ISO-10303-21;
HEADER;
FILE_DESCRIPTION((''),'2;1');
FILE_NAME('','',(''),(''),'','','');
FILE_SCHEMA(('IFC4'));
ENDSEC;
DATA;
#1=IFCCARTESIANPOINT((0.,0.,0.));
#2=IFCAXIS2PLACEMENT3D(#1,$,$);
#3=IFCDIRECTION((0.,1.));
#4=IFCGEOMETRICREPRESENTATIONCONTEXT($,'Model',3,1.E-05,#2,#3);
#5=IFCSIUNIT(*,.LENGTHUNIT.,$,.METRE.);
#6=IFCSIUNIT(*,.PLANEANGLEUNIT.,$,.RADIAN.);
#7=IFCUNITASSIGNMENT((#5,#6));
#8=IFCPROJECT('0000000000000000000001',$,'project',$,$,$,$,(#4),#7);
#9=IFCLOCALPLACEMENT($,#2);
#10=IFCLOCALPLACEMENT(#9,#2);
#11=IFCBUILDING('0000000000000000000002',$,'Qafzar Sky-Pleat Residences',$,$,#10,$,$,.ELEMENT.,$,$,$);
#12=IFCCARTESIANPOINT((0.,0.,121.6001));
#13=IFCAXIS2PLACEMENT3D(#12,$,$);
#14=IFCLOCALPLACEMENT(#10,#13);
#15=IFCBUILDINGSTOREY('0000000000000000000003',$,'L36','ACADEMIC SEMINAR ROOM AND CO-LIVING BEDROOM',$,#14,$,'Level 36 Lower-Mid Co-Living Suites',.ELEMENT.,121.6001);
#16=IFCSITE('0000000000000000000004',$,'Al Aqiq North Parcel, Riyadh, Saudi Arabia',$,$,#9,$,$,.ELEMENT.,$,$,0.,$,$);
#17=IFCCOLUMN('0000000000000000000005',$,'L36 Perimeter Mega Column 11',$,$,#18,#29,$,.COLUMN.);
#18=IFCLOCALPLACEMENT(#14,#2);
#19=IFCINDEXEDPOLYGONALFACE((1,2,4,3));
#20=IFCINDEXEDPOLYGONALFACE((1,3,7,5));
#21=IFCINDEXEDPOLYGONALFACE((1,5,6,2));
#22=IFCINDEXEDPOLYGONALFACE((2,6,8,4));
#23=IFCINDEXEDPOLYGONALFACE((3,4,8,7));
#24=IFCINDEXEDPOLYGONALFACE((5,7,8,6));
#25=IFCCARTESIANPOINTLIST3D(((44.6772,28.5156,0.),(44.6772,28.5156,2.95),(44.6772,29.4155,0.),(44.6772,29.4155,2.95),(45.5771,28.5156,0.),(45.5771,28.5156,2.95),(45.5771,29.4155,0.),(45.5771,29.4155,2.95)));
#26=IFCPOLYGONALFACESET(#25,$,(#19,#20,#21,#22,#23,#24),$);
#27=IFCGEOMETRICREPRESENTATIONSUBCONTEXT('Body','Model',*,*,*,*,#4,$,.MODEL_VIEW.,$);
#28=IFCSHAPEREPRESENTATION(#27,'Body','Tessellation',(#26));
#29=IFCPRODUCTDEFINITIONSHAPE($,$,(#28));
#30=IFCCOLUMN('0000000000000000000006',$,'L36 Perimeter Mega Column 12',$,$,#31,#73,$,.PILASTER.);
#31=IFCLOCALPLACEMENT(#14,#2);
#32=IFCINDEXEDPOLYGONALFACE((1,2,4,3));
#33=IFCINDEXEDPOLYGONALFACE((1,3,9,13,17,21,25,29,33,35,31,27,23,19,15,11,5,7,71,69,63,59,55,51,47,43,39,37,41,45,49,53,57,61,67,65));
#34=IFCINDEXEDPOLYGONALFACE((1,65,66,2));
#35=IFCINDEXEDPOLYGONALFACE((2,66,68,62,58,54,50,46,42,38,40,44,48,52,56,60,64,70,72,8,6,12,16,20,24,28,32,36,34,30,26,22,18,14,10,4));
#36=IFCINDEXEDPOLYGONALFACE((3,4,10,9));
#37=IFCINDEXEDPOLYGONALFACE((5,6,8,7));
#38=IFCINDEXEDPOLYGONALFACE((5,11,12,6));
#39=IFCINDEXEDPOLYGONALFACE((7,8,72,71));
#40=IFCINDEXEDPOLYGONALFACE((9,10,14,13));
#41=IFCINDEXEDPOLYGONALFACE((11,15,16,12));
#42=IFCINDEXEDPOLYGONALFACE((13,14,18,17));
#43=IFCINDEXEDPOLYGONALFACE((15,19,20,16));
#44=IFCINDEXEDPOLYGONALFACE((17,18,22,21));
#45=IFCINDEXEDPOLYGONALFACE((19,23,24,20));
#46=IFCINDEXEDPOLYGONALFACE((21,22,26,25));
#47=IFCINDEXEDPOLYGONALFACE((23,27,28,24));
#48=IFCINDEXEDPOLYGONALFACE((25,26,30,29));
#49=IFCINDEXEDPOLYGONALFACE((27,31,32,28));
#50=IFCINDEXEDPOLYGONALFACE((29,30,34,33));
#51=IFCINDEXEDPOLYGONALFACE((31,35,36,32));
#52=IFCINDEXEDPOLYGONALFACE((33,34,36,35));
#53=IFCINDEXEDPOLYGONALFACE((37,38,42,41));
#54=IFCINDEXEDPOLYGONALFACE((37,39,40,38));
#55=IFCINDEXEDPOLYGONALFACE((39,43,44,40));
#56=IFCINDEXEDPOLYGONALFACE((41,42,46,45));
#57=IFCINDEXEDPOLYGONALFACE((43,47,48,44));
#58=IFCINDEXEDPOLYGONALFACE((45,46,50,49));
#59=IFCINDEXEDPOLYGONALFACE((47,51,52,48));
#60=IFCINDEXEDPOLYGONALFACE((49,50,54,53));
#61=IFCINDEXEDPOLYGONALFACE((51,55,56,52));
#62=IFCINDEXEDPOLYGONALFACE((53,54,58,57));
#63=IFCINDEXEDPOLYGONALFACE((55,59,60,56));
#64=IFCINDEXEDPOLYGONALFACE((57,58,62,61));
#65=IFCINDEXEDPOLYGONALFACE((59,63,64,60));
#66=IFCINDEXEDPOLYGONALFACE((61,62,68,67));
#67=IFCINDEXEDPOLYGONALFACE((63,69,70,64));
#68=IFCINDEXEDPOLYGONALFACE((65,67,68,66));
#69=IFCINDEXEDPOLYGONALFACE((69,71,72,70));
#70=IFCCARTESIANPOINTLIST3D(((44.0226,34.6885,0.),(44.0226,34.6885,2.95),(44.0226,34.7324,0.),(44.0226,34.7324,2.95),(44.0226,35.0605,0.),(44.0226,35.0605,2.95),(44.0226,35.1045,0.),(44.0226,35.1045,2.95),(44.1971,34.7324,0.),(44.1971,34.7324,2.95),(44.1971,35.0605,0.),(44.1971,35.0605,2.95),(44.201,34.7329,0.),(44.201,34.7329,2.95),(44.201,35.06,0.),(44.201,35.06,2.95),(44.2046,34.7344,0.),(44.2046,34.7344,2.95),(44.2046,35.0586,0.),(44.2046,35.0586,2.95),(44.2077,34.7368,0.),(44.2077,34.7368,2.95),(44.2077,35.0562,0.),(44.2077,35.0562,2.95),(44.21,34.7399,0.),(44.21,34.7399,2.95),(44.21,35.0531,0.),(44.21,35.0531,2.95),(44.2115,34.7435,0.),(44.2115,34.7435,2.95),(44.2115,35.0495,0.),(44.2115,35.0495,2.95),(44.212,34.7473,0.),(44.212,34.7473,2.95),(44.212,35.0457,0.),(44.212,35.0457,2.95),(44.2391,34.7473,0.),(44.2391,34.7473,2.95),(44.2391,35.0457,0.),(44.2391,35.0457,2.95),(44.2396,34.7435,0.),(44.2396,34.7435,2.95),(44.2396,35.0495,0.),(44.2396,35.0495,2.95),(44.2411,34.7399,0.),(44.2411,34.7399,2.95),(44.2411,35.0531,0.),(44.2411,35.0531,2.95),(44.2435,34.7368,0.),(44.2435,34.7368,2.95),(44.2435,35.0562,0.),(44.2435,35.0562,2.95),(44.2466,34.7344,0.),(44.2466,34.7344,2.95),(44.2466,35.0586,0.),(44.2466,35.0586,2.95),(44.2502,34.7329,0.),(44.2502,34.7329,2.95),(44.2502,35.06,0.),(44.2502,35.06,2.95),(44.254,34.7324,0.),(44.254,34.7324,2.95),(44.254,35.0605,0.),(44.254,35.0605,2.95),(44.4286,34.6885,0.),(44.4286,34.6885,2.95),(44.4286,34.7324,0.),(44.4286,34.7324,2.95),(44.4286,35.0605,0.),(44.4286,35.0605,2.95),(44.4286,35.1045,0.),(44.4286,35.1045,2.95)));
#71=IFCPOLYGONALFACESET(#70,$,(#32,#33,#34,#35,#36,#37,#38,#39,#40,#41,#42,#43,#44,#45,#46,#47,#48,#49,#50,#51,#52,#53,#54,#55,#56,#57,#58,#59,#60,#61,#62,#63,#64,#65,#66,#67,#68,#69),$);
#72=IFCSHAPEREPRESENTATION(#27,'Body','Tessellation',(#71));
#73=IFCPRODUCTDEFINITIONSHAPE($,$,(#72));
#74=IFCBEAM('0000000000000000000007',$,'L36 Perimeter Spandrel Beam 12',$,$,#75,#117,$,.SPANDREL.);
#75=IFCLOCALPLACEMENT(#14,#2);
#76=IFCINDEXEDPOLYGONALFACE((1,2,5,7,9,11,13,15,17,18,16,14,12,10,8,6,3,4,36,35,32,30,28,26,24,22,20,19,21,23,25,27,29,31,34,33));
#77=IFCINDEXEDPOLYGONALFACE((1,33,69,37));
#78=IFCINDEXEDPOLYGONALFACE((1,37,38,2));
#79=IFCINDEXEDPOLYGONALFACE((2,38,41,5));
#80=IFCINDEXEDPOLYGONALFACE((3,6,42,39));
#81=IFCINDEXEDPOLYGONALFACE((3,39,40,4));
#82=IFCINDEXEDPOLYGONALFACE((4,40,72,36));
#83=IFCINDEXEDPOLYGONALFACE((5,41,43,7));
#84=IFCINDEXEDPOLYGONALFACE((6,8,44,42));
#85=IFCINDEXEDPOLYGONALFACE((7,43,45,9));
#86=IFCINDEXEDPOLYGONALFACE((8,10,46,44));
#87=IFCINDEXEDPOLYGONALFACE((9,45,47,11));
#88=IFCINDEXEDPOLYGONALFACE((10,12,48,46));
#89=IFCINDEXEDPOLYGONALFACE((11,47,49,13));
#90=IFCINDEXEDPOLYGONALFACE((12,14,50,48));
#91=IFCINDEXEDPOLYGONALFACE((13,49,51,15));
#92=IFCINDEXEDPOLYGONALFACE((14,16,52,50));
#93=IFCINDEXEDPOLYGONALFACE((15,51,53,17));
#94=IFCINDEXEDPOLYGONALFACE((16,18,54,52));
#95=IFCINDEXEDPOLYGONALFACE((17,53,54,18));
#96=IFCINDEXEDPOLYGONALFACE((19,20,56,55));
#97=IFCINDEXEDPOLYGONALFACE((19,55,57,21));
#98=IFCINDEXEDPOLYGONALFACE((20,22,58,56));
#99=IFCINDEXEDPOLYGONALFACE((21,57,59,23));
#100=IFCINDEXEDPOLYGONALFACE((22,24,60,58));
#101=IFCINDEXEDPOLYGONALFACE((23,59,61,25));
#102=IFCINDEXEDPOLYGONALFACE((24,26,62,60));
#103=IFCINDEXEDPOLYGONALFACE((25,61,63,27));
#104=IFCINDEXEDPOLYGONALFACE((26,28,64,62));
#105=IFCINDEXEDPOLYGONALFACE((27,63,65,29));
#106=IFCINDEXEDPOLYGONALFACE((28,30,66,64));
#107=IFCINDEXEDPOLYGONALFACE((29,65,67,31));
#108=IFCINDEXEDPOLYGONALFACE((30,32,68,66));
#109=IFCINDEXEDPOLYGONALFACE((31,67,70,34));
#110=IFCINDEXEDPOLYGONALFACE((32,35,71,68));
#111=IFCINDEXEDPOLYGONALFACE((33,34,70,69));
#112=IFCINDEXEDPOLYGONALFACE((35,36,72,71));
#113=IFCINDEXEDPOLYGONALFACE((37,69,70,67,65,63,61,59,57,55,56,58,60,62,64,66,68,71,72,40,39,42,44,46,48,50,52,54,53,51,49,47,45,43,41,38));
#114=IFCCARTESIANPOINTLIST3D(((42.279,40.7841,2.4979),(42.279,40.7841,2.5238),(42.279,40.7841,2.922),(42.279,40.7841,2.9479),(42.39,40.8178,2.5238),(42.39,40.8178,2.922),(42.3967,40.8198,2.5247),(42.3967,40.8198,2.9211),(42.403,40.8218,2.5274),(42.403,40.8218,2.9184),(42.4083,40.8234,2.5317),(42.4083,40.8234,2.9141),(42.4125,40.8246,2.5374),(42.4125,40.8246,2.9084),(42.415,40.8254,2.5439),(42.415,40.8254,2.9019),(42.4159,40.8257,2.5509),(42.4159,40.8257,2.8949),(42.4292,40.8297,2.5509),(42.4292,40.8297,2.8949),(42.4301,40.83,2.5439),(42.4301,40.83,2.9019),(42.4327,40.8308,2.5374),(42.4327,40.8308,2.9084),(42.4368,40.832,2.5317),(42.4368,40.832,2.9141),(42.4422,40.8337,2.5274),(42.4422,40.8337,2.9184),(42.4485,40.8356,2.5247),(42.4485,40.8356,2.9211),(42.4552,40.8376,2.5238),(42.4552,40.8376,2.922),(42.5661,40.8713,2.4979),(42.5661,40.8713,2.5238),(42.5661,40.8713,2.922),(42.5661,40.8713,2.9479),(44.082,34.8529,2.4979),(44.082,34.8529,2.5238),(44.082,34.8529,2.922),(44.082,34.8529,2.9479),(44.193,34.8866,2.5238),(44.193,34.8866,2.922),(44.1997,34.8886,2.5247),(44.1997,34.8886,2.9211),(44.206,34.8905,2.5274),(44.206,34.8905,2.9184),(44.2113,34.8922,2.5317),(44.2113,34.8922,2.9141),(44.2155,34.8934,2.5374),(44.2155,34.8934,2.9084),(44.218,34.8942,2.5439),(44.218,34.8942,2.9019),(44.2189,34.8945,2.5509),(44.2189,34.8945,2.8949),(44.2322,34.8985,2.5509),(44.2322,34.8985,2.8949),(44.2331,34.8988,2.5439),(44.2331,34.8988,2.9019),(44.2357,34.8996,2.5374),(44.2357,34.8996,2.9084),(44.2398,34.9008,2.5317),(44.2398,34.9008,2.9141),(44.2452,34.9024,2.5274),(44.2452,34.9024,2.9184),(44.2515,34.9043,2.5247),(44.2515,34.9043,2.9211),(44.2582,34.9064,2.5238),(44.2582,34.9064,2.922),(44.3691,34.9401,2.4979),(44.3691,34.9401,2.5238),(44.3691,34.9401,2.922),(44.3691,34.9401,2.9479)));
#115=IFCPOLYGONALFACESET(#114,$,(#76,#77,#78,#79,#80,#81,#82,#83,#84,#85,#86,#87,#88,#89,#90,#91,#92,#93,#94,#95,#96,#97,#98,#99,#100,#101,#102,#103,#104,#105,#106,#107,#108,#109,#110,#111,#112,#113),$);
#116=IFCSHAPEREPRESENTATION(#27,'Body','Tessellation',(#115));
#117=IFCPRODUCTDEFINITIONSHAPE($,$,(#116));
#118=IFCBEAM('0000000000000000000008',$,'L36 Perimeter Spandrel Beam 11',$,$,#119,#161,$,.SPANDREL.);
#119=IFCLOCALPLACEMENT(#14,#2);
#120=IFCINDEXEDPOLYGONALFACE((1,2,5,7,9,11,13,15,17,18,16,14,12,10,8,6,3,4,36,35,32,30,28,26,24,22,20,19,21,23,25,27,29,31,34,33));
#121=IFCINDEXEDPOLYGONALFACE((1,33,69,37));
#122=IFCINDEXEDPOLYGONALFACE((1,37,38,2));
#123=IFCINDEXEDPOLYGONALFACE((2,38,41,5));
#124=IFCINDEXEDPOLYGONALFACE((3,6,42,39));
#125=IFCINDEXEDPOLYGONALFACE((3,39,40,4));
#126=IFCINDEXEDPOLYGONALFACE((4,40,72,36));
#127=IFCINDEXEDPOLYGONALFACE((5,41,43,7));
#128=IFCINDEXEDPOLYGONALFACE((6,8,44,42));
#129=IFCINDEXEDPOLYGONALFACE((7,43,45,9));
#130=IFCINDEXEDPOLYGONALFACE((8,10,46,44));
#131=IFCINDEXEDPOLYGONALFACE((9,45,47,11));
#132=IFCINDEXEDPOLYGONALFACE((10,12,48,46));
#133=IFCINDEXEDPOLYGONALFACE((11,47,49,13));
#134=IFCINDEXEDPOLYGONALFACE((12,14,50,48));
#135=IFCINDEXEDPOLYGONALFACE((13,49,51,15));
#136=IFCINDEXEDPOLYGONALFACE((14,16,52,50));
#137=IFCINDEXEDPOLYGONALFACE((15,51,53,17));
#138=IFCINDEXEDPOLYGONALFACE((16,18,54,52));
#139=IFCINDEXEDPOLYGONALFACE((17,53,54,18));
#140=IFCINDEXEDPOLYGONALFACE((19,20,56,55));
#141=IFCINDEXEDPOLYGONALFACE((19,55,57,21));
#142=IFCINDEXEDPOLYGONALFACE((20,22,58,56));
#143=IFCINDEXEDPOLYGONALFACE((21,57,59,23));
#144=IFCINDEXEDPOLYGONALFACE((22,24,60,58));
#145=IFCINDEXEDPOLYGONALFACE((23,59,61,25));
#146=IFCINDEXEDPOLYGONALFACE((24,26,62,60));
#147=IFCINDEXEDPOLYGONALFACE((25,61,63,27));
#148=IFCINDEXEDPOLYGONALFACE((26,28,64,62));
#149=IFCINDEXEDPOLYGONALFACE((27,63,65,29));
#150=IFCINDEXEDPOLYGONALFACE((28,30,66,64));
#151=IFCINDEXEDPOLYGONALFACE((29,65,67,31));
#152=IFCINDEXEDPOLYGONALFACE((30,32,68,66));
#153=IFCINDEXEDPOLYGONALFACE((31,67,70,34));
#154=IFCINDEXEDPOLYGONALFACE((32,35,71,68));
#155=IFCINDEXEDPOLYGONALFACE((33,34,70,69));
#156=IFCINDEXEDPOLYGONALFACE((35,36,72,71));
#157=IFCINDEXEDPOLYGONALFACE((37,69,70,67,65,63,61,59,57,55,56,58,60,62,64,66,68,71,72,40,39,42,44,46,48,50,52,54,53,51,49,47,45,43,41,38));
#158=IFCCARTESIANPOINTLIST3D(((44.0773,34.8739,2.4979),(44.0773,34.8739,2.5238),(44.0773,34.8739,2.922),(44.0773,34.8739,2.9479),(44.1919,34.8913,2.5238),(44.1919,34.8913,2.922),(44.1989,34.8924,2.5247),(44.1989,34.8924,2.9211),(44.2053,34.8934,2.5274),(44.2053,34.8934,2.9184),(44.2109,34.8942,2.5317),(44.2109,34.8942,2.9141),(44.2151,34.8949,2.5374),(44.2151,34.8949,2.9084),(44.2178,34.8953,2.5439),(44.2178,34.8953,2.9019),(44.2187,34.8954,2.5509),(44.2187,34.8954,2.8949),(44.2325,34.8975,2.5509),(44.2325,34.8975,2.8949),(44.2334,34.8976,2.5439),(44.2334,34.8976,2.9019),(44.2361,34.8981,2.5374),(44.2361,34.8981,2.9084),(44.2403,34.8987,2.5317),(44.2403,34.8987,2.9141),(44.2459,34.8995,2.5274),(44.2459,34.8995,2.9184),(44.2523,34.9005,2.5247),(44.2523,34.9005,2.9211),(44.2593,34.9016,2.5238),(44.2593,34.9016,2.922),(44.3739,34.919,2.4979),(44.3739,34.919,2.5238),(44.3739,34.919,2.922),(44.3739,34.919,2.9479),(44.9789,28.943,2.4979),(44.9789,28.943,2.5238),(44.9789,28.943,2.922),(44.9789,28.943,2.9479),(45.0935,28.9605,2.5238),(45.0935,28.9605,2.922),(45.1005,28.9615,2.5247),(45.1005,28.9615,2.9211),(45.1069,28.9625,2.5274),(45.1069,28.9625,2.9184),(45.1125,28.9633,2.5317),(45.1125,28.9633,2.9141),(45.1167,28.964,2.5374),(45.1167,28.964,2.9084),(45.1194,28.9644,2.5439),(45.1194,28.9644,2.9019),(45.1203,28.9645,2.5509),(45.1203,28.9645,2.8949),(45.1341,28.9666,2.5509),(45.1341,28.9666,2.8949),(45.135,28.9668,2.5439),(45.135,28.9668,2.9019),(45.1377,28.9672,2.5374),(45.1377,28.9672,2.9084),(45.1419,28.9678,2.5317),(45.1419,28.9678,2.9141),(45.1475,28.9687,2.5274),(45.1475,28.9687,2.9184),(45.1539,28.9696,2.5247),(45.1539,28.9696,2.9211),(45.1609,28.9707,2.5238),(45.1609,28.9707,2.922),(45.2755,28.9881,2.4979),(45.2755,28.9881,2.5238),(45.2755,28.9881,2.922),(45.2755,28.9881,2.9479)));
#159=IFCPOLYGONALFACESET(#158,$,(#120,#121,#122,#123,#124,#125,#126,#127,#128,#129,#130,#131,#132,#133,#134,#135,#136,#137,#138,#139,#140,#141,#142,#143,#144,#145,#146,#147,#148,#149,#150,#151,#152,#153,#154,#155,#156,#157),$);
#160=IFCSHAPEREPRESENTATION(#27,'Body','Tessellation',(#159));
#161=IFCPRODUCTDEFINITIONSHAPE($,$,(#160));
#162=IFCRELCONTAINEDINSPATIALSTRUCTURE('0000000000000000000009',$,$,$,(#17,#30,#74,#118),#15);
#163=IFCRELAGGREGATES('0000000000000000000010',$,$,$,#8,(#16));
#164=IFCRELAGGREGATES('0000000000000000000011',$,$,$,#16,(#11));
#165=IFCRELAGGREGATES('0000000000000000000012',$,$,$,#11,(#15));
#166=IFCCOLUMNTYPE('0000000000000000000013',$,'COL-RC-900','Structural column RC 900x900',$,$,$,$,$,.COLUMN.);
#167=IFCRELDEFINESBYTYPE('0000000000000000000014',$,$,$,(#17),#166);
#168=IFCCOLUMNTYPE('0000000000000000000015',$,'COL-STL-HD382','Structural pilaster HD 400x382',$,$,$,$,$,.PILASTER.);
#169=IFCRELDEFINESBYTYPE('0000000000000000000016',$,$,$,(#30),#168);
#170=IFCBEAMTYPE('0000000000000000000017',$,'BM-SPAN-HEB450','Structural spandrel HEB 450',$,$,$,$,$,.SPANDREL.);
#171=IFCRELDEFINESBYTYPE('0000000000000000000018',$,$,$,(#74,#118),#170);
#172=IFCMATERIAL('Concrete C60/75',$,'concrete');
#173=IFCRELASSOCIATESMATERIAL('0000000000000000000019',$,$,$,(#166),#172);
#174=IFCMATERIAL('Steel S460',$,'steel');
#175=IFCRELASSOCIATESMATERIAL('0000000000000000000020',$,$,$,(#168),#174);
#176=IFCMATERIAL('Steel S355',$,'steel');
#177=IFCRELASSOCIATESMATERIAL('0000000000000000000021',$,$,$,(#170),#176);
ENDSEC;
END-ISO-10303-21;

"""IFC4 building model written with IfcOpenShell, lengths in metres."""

from ifc_helpers import new_model, si_unit, direction, frame, origin, origin_2d, place, context, subcontext, project, spatial, rectangle, i_section, extrude, source, transform, mapped, material, material_profile, profile_set, type_object, element, save


model = new_model("IFC4")

# Units and contexts
model_context = context("Model", 3, precision=1e-05, world=origin(), true_north=direction((0.0, 1.0)))
body_context = subcontext(model_context, "Body", "Model", "MODEL_VIEW")
ifc_project = project(units=[si_unit("LENGTHUNIT", "METRE"), si_unit("PLANEANGLEUNIT", "RADIAN")], contexts=[model_context])

# Site, building, storey
site_placement = place(None, origin())
site = spatial("IfcSite", under=ifc_project, at=site_placement, Name="Al Aqiq North Parcel, Riyadh, Saudi Arabia", CompositionType="ELEMENT", RefElevation=0.0)
building_placement = place(site_placement, origin())
building = spatial("IfcBuilding", under=site, at=building_placement, Name="Qafzar Sky-Pleat Residences", CompositionType="ELEMENT")
storey_placement = place(building_placement, frame((0.0, 0.0, 121.6001)))
storey = spatial("IfcBuildingStorey", under=building, at=storey_placement, Name="L36", Description="ACADEMIC SEMINAR ROOM AND CO-LIVING BEDROOM", LongName="Level 36 Lower-Mid Co-Living Suites", CompositionType="ELEMENT", Elevation=121.6001)

# Columns
ifc_material_1 = material(Name="Concrete C60/75", Category="concrete")
ifc_material_profile_1 = material_profile(ifc_material_1, rectangle(XDim=0.8999, YDim=0.8999, at=origin_2d()), Name="RC 900x900")
ifc_profile_set_1 = profile_set([ifc_material_profile_1], Name="Concrete C60/75")
column_type_1 = type_object("IfcColumnType", Name="COL-RC-900", Description="Structural column RC 900x900", PredefinedType="COLUMN", material=ifc_profile_set_1)
shared_shape_1 = source(origin(), body_context, "Body", "SweptSolid", [
    extrude(rectangle(XDim=0.8999, YDim=0.8999, at=origin_2d()), origin(), (0.0, 0.0, 1.0), 2.95),
])
column_1_placement = place(storey_placement, frame((45.1272, 28.9656, 0.0), z_axis=(0.0, 0.0, 1.0), x_axis=(1.0, 0.0, 0.0)))
element("IfcColumn", 1, at=column_1_placement, inside=storey, type_object=column_type_1, Name="L36 Perimeter Mega Column 11", PredefinedType="COLUMN", context=body_context, shape_type="MappedRepresentation", body=[
    mapped(shared_shape_1, transform((0.0, 0.0, 0.0), x_axis=(1.0, 0.0, 0.0), y_axis=(0.0, 1.0, 0.0), z_axis=(0.0, 0.0, 1.0), scale=1.0)),
])
ifc_material_2 = material(Name="Steel S460", Category="steel")
ifc_material_profile_2 = material_profile(ifc_material_2, i_section(OverallWidth=0.406, OverallDepth=0.416, WebThickness=0.0271, FlangeThickness=0.0439, FilletRadius=0.0149, at=origin_2d()), Name="HD 400x382")
ifc_profile_set_2 = profile_set([ifc_material_profile_2], Name="Steel S460")
column_type_2 = type_object("IfcColumnType", Name="COL-STL-HD382", Description="Structural pilaster HD 400x382", PredefinedType="PILASTER", material=ifc_profile_set_2)
shared_shape_2 = source(origin(), body_context, "Body", "SweptSolid", [
    extrude(i_section(OverallWidth=0.406, OverallDepth=0.416, WebThickness=0.0271, FlangeThickness=0.0439, FilletRadius=0.0149, at=origin_2d()), origin(), (0.0, 0.0, 1.0), 2.95),
])
column_2_placement = place(storey_placement, frame((44.2256, 34.8965, 0.0), z_axis=(0.0, 0.0, 1.0), x_axis=(1.0, 0.0, 0.0)))
element("IfcColumn", 2, at=column_2_placement, inside=storey, type_object=column_type_2, Name="L36 Perimeter Mega Column 12", PredefinedType="PILASTER", context=body_context, shape_type="MappedRepresentation", body=[
    mapped(shared_shape_2, transform((0.0, 0.0, 0.0), x_axis=(1.0, 0.0, 0.0), y_axis=(0.0, 1.0, 0.0), z_axis=(0.0, 0.0, 1.0), scale=1.0)),
])

# Beams
ifc_material_3 = material(Name="Steel S355", Category="steel")
ifc_material_profile_3 = material_profile(ifc_material_3, i_section(OverallWidth=0.3, OverallDepth=0.45, WebThickness=0.0139, FlangeThickness=0.0259, FilletRadius=0.0271, at=origin_2d()), Name="HEB 450")
ifc_profile_set_3 = profile_set([ifc_material_profile_3], Name="Steel S355")
beam_type_1 = type_object("IfcBeamType", Name="BM-SPAN-HEB450", Description="Structural spandrel HEB 450", PredefinedType="SPANDREL", material=ifc_profile_set_3)
shared_shape_3 = source(origin(), body_context, "Body", "SweptSolid", [
    extrude(i_section(OverallWidth=0.3, OverallDepth=0.45, WebThickness=0.0139, FlangeThickness=0.0259, FilletRadius=0.0271, at=origin_2d()), origin(), (0.0, 0.0, 1.0), 6.1992),
])
beam_1_placement = place(storey_placement, frame((44.2256, 34.8965, 2.7229), z_axis=(-0.290843, 0.956771, 0.0), x_axis=(-0.956771, -0.290843, 0.0)))
element("IfcBeam", 3, at=beam_1_placement, inside=storey, type_object=beam_type_1, Name="L36 Perimeter Spandrel Beam 12", PredefinedType="SPANDREL", context=body_context, shape_type="MappedRepresentation", body=[
    mapped(shared_shape_3, transform((0.0, 0.0, 0.0), x_axis=(1.0, 0.0, 0.0), y_axis=(0.0, 1.0, 0.0), z_axis=(0.0, 0.0, 1.0), scale=1.0)),
])
shared_shape_4 = source(origin(), body_context, "Body", "SweptSolid", [
    extrude(i_section(OverallWidth=0.3, OverallDepth=0.45, WebThickness=0.0139, FlangeThickness=0.0259, FilletRadius=0.0271, at=origin_2d()), origin(), (0.0, 0.0, 1.0), 5.999),
])
beam_2_placement = place(storey_placement, frame((45.1272, 28.9656, 2.7229), z_axis=(-0.150292, 0.988642, 0.0), x_axis=(-0.988642, -0.150292, 0.0)))
element("IfcBeam", 4, at=beam_2_placement, inside=storey, type_object=beam_type_1, Name="L36 Perimeter Spandrel Beam 11", PredefinedType="SPANDREL", context=body_context, shape_type="MappedRepresentation", body=[
    mapped(shared_shape_4, transform((0.0, 0.0, 0.0), x_axis=(1.0, 0.0, 0.0), y_axis=(0.0, 1.0, 0.0), z_axis=(0.0, 0.0, 1.0), scale=1.0)),
])

save(model, "model.ifc")
